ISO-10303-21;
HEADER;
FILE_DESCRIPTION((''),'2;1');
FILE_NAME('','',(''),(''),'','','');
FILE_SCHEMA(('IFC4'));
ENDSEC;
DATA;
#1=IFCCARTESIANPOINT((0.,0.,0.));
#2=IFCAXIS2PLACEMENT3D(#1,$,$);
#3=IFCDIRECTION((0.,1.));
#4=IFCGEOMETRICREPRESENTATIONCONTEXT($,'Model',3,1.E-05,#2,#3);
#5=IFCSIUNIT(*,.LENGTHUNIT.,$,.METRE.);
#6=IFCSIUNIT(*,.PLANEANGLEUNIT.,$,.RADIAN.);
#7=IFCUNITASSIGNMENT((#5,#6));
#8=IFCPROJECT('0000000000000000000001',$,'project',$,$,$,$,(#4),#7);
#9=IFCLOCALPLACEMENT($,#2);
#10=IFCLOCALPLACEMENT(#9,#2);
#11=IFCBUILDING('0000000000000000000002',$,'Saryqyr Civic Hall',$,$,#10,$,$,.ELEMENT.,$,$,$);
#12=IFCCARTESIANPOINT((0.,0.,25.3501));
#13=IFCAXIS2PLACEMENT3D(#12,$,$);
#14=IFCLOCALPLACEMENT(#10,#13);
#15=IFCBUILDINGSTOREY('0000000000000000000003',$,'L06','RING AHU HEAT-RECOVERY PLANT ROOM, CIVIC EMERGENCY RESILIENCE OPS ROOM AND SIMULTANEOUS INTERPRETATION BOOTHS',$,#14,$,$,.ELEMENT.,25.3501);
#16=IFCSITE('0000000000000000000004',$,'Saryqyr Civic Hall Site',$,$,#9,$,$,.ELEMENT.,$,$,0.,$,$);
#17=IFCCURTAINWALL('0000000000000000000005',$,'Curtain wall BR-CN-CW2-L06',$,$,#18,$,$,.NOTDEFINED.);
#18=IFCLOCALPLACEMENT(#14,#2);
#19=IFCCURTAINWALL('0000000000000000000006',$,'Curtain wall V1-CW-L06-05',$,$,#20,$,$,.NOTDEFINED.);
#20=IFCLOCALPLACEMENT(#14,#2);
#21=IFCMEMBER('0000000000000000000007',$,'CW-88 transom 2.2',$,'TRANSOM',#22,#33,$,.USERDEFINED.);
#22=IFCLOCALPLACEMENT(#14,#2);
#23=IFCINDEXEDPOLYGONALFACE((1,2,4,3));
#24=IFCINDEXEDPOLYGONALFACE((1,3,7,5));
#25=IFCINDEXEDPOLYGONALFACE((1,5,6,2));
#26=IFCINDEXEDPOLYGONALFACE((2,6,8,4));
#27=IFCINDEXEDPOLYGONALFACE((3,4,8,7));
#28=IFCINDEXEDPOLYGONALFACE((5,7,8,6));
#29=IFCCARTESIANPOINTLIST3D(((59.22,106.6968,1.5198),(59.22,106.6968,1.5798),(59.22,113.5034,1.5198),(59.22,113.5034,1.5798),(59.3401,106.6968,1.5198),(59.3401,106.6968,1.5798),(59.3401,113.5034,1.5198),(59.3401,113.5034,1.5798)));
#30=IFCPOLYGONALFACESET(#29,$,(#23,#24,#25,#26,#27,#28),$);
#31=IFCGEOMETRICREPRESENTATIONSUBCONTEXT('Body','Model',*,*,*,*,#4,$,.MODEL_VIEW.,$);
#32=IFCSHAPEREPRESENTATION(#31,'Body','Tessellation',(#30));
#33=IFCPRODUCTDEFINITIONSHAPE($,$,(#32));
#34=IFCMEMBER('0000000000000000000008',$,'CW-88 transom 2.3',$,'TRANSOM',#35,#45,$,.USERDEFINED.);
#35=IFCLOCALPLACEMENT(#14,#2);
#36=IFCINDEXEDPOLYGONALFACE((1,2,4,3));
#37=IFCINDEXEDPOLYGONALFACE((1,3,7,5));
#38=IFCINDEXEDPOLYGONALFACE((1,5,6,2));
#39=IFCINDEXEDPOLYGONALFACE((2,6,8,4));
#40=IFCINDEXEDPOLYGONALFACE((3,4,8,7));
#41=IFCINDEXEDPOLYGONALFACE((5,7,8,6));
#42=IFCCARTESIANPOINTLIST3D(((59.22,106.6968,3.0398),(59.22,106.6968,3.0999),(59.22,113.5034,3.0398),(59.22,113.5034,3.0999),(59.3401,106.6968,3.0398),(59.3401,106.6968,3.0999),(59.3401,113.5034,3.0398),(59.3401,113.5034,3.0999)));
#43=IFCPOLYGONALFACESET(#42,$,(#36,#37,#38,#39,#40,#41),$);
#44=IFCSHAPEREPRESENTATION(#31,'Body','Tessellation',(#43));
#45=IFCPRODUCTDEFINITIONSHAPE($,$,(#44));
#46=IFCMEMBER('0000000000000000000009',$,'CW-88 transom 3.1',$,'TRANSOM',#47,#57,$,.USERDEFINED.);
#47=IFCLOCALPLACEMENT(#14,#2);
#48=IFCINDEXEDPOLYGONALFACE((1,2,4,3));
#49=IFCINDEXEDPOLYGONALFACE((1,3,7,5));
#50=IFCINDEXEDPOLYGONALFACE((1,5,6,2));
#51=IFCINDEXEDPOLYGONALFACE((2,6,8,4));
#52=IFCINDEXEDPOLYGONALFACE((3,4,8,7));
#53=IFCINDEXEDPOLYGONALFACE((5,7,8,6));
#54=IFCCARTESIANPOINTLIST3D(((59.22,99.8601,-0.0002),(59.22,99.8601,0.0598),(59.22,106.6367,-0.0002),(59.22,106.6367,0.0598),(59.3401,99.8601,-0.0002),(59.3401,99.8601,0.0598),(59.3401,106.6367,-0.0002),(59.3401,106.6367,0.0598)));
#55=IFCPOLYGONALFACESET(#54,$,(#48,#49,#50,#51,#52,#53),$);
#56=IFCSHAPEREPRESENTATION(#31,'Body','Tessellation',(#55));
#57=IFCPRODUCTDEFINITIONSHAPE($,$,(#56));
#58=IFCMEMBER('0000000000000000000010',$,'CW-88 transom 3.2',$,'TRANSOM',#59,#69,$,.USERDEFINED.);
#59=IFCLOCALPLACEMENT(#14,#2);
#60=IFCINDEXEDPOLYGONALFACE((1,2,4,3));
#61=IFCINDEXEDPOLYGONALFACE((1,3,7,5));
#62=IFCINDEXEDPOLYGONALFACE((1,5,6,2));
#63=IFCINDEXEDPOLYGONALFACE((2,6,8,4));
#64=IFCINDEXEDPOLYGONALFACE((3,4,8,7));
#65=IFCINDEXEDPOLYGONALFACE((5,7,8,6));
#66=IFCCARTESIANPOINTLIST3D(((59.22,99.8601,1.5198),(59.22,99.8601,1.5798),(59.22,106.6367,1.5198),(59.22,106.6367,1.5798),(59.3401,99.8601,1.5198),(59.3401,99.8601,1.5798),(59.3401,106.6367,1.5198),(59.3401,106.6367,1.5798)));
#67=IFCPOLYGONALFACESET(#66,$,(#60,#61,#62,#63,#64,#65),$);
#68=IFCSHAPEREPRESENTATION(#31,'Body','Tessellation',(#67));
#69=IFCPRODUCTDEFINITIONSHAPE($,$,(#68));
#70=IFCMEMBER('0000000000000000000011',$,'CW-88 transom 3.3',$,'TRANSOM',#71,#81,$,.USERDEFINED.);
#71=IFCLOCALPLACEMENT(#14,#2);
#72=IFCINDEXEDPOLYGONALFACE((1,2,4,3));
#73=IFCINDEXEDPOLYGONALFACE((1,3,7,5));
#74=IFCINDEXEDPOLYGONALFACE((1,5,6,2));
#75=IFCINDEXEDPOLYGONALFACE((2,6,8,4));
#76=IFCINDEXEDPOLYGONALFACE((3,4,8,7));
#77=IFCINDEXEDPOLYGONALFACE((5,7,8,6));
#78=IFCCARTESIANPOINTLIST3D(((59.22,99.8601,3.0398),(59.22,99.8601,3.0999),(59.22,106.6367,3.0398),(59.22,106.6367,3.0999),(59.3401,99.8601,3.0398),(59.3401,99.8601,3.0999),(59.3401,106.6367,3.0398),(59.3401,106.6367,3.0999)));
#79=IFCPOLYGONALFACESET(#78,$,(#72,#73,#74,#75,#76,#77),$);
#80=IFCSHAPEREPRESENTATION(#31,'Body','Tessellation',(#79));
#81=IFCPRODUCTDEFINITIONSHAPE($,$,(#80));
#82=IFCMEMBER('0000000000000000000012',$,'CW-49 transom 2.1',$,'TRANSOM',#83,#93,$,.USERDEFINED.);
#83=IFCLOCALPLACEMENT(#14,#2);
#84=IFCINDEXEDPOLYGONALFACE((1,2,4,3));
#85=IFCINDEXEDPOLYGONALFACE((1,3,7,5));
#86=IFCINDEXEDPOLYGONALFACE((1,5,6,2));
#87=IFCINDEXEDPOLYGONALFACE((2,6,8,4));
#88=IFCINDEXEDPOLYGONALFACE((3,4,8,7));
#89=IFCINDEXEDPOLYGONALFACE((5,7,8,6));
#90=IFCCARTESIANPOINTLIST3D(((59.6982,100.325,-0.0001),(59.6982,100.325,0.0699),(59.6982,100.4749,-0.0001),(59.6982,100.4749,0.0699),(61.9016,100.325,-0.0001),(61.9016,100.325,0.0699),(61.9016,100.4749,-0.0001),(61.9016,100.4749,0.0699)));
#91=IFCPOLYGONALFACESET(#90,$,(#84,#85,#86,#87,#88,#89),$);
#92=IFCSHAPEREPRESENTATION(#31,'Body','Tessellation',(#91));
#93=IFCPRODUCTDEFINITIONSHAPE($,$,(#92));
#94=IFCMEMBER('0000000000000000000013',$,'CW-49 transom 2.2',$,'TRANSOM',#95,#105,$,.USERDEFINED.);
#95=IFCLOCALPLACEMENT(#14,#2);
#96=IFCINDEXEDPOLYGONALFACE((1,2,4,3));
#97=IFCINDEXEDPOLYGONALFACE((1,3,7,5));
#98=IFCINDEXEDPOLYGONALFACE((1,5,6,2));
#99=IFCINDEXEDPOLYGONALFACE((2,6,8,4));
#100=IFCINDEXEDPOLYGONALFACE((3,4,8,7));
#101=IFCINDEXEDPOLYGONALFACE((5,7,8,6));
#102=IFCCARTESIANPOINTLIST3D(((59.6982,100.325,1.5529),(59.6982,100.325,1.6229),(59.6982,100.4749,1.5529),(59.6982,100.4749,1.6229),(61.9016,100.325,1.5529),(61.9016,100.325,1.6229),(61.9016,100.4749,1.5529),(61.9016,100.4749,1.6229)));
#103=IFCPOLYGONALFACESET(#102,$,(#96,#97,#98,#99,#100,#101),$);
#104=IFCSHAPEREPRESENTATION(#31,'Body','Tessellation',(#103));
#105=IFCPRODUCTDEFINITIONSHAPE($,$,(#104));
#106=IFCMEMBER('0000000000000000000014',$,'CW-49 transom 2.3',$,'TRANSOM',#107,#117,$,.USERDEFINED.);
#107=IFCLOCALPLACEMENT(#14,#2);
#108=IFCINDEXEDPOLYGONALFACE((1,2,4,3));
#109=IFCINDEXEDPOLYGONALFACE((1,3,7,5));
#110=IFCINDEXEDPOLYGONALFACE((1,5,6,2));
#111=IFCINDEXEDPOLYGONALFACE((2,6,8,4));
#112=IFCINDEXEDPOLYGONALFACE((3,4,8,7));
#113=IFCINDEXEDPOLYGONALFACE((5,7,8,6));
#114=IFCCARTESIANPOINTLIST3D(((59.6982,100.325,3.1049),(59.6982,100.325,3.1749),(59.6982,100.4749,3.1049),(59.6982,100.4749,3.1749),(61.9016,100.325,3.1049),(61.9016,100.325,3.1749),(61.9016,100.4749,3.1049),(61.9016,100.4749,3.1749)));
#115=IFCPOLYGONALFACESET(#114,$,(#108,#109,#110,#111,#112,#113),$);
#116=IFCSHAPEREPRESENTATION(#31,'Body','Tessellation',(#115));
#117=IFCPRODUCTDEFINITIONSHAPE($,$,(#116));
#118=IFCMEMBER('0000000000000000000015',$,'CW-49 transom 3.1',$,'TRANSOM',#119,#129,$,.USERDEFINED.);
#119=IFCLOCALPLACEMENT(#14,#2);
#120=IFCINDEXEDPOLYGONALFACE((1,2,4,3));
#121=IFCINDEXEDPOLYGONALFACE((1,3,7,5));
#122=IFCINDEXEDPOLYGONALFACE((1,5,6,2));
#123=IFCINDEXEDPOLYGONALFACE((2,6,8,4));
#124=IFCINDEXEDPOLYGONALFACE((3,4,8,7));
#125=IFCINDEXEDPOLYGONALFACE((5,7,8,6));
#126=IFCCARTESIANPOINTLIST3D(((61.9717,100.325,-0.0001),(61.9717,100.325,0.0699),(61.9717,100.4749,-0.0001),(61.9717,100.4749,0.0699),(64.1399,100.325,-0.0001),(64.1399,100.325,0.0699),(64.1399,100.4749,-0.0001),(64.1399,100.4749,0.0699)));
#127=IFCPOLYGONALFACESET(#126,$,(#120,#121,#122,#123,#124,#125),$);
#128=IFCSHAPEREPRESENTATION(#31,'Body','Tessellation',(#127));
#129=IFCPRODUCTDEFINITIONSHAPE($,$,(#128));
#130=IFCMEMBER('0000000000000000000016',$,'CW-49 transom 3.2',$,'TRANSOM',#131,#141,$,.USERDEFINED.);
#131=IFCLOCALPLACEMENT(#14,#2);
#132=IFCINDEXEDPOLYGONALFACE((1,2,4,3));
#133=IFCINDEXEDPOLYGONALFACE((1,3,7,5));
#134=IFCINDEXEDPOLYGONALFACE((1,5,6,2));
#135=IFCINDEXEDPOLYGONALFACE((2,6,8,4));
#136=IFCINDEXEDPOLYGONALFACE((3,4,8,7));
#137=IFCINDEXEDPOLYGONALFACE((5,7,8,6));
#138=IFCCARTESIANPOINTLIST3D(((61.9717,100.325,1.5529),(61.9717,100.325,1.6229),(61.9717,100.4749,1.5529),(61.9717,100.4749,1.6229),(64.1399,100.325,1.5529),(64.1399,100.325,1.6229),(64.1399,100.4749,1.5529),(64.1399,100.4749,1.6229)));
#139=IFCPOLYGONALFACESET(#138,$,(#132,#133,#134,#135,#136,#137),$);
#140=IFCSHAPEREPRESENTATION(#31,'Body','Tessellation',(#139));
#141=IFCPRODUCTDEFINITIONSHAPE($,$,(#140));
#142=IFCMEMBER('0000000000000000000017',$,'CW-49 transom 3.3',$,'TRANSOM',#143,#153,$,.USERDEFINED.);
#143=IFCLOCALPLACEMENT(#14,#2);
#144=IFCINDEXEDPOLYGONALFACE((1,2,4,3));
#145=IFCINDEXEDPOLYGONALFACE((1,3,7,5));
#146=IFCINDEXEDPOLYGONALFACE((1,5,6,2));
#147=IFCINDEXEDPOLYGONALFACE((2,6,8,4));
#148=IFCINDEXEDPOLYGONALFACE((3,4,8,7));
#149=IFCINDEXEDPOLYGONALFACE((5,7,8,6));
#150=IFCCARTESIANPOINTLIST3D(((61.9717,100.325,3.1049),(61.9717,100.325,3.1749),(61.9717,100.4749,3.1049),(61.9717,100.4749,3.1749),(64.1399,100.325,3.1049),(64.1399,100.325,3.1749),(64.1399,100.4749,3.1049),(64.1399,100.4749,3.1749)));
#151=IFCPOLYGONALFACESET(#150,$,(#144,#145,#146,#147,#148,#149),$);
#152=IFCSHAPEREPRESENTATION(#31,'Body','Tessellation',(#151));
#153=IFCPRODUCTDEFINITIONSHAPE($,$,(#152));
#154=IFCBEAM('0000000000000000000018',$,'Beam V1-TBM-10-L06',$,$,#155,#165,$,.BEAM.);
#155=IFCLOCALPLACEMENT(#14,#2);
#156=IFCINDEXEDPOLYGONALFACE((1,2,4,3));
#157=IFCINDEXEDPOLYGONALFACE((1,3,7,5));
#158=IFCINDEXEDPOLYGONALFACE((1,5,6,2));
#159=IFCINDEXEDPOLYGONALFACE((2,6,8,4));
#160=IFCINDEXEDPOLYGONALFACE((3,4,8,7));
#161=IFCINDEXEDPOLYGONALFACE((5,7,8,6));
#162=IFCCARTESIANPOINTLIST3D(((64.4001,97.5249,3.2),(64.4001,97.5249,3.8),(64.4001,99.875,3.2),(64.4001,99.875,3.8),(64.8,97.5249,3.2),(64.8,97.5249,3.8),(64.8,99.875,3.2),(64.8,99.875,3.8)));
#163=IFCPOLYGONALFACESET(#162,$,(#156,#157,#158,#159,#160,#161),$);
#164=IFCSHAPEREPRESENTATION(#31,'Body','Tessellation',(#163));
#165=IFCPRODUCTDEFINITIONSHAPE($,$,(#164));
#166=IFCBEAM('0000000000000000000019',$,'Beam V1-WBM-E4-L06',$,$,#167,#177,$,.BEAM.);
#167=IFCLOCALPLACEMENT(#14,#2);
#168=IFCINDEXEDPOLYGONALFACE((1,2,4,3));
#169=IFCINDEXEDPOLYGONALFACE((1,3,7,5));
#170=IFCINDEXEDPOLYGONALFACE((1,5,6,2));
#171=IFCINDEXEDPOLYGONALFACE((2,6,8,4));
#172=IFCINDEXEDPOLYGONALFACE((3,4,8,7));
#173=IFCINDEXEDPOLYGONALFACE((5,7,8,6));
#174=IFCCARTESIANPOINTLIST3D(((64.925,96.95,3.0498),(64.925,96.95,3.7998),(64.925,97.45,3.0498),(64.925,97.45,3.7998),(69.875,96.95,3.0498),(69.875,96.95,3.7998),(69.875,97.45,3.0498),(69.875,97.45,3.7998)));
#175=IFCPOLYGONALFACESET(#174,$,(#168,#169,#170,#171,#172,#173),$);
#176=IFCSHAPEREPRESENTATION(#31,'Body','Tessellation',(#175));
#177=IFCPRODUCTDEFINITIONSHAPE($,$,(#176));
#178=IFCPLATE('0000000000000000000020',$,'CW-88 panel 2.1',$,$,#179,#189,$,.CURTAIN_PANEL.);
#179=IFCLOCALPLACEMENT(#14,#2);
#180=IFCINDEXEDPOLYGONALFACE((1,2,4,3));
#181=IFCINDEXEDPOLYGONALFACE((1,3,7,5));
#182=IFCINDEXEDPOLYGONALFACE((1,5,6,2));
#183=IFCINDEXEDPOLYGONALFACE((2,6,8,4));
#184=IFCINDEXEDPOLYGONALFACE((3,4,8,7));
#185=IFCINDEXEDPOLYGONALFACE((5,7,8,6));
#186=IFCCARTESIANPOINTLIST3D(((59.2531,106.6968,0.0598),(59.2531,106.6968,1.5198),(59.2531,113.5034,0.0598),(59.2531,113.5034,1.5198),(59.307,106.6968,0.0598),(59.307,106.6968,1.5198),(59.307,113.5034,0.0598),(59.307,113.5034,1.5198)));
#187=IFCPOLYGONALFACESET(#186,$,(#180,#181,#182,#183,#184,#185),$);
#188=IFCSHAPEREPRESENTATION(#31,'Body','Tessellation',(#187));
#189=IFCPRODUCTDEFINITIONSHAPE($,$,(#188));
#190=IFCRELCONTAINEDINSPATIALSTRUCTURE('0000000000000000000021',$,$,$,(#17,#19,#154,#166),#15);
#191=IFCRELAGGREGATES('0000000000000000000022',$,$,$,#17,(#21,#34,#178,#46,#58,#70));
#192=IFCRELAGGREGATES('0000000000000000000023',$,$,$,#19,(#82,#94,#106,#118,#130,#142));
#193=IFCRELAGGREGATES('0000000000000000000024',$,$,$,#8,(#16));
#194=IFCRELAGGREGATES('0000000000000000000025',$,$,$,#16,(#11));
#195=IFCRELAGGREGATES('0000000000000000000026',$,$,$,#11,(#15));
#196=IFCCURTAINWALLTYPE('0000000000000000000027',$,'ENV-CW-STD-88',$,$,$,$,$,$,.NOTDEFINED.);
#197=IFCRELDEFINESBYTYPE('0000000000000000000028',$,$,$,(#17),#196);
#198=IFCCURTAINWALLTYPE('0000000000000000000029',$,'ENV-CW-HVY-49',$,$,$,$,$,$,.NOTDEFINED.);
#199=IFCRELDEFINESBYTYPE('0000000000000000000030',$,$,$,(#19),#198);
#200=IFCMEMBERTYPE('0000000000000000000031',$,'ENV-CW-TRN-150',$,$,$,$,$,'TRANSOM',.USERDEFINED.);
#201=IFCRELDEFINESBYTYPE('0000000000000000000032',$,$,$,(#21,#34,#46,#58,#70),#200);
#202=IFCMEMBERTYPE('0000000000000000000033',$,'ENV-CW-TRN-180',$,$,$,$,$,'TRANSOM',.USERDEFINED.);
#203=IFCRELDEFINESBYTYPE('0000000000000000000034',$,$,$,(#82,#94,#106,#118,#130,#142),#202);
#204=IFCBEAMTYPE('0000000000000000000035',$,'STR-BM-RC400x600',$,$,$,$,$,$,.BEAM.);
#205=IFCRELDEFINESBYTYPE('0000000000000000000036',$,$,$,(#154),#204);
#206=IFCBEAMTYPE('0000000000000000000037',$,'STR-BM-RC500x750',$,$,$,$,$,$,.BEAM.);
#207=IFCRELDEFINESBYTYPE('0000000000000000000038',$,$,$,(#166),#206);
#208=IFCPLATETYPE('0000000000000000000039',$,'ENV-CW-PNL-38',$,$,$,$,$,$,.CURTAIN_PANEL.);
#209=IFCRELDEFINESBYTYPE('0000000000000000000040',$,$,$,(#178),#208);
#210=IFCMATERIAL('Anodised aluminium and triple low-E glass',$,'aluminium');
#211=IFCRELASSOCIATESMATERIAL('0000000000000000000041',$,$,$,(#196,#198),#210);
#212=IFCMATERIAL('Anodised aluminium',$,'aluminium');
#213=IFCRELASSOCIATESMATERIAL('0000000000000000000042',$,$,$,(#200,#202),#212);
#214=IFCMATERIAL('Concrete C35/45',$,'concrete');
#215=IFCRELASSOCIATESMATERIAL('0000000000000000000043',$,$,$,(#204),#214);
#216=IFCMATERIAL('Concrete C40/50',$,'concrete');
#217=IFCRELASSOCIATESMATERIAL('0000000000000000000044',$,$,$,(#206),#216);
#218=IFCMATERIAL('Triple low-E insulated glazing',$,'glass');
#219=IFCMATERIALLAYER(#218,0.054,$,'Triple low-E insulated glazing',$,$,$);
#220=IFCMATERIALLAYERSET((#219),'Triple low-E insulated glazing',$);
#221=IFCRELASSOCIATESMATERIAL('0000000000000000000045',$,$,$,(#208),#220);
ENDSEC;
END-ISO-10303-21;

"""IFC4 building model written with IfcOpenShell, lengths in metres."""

from ifc_helpers import new_model, si_unit, direction, frame, origin, origin_2d, place, context, subcontext, project, spatial, rectangle, extrude, material, layer, layer_set, material_profile, profile_set, type_object, element, aggregate, save


model = new_model("IFC4")

# Units and contexts
model_context = context("Model", 3, precision=1e-05, world=origin(), true_north=direction((0.0, 1.0)))
body_context = subcontext(model_context, "Body", "Model", "MODEL_VIEW")
ifc_project = project(units=[si_unit("LENGTHUNIT", "METRE"), si_unit("PLANEANGLEUNIT", "RADIAN")], contexts=[model_context])

# Site, building, storey
site_placement = place(None, origin())
site = spatial("IfcSite", under=ifc_project, at=site_placement, Name="Saryqyr Civic Hall Site", CompositionType="ELEMENT", RefElevation=0.0)
building_placement = place(site_placement, origin())
building = spatial("IfcBuilding", under=site, at=building_placement, Name="Saryqyr Civic Hall", CompositionType="ELEMENT")
storey_placement = place(building_placement, frame((0.0, 0.0, 25.3501)))
storey = spatial("IfcBuildingStorey", under=building, at=storey_placement, Name="L06", Description="RING AHU HEAT-RECOVERY PLANT ROOM, CIVIC EMERGENCY RESILIENCE OPS ROOM AND SIMULTANEOUS INTERPRETATION BOOTHS", CompositionType="ELEMENT", Elevation=25.3501)

# Shared definitions
ifc_material_1 = material(Name="Concrete C40/50", Category="concrete")

# Curtain walls
ifc_material_2 = material(Name="Anodised aluminium and triple low-E glass", Category="aluminium")
curtain_wall_type_1 = type_object("IfcCurtainWallType", Name="ENV-CW-STD-88", PredefinedType="NOTDEFINED", material=ifc_material_2)
curtain_wall_1_placement = place(storey_placement, origin())
curtain_wall_1 = element("IfcCurtainWall", 1, at=curtain_wall_1_placement, inside=storey, type_object=curtain_wall_type_1, Name="Curtain wall BR-CN-CW2-L06", PredefinedType="NOTDEFINED")
ifc_material_3 = material(Name="Anodised aluminium", Category="aluminium")
curtain_wall_type_2 = type_object("IfcCurtainWallType", Name="ENV-CW-HVY-49", PredefinedType="NOTDEFINED", material=ifc_material_2)
curtain_wall_2_placement = place(storey_placement, origin())
curtain_wall_2 = element("IfcCurtainWall", 2, at=curtain_wall_2_placement, inside=storey, type_object=curtain_wall_type_2, Name="Curtain wall V1-CW-L06-05", PredefinedType="NOTDEFINED")

# Members
ifc_material_profile_1 = material_profile(ifc_material_3, rectangle(XDim=0.1201, YDim=0.0601, at=origin_2d()), Name="ALU TRANSOM 120x60")
ifc_profile_set_1 = profile_set([ifc_material_profile_1], Name="Anodised aluminium")
member_type_1 = type_object("IfcMemberType", Name="ENV-CW-TRN-150", ElementType="TRANSOM", PredefinedType="USERDEFINED", material=ifc_profile_set_1)
member_1_placement = place(storey_placement, frame((59.28, 113.5034, 1.5498), z_axis=(0.0, -1.0, 0.0), x_axis=(1.0, 0.0, 0.0)))
member_1 = element("IfcMember", 3, at=member_1_placement, type_object=member_type_1, Name="CW-88 transom 2.2", ObjectType="TRANSOM", PredefinedType="USERDEFINED", context=body_context, shape_type="SweptSolid", body=[
    extrude(rectangle(XDim=0.1201, YDim=0.0601, at=origin_2d()), origin(), (0.0, 0.0, 1.0), 6.8066),
])
member_2_placement = place(storey_placement, frame((59.28, 113.5034, 3.0698), z_axis=(0.0, -1.0, 0.0), x_axis=(1.0, 0.0, 0.0)))
member_2 = element("IfcMember", 4, at=member_2_placement, type_object=member_type_1, Name="CW-88 transom 2.3", ObjectType="TRANSOM", PredefinedType="USERDEFINED", context=body_context, shape_type="SweptSolid", body=[
    extrude(rectangle(XDim=0.1201, YDim=0.0601, at=origin_2d()), origin(), (0.0, 0.0, 1.0), 6.8066),
])
member_3_placement = place(storey_placement, frame((59.28, 106.6367, 0.0298), z_axis=(0.0, -1.0, 0.0), x_axis=(1.0, 0.0, 0.0)))
member_3 = element("IfcMember", 5, at=member_3_placement, type_object=member_type_1, Name="CW-88 transom 3.1", ObjectType="TRANSOM", PredefinedType="USERDEFINED", context=body_context, shape_type="SweptSolid", body=[
    extrude(rectangle(XDim=0.1201, YDim=0.0601, at=origin_2d()), origin(), (0.0, 0.0, 1.0), 6.7766),
])
member_4_placement = place(storey_placement, frame((59.28, 106.6367, 1.5498), z_axis=(0.0, -1.0, 0.0), x_axis=(1.0, 0.0, 0.0)))
member_4 = element("IfcMember", 6, at=member_4_placement, type_object=member_type_1, Name="CW-88 transom 3.2", ObjectType="TRANSOM", PredefinedType="USERDEFINED", context=body_context, shape_type="SweptSolid", body=[
    extrude(rectangle(XDim=0.1201, YDim=0.0601, at=origin_2d()), origin(), (0.0, 0.0, 1.0), 6.7766),
])
member_5_placement = place(storey_placement, frame((59.28, 106.6367, 3.0698), z_axis=(0.0, -1.0, 0.0), x_axis=(1.0, 0.0, 0.0)))
member_5 = element("IfcMember", 7, at=member_5_placement, type_object=member_type_1, Name="CW-88 transom 3.3", ObjectType="TRANSOM", PredefinedType="USERDEFINED", context=body_context, shape_type="SweptSolid", body=[
    extrude(rectangle(XDim=0.1201, YDim=0.0601, at=origin_2d()), origin(), (0.0, 0.0, 1.0), 6.7766),
])
ifc_material_profile_2 = material_profile(ifc_material_3, rectangle(XDim=0.1499, YDim=0.0701, at=origin_2d()), Name="ALU TRANSOM 150x70")
ifc_profile_set_2 = profile_set([ifc_material_profile_2], Name="Anodised aluminium")
member_type_2 = type_object("IfcMemberType", Name="ENV-CW-TRN-180", ElementType="TRANSOM", PredefinedType="USERDEFINED", material=ifc_profile_set_2)
member_6_placement = place(storey_placement, frame((59.6982, 100.3999, 0.0349), z_axis=(1.0, 0.0, 0.0), x_axis=(0.0, 1.0, 0.0)))
member_6 = element("IfcMember", 8, at=member_6_placement, type_object=member_type_2, Name="CW-49 transom 2.1", ObjectType="TRANSOM", PredefinedType="USERDEFINED", context=body_context, shape_type="SweptSolid", body=[
    extrude(rectangle(XDim=0.1499, YDim=0.0701, at=origin_2d()), origin(), (0.0, 0.0, 1.0), 2.2034),
])
member_7_placement = place(storey_placement, frame((59.6982, 100.3999, 1.5879), z_axis=(1.0, 0.0, 0.0), x_axis=(0.0, 1.0, 0.0)))
member_7 = element("IfcMember", 9, at=member_7_placement, type_object=member_type_2, Name="CW-49 transom 2.2", ObjectType="TRANSOM", PredefinedType="USERDEFINED", context=body_context, shape_type="SweptSolid", body=[
    extrude(rectangle(XDim=0.1499, YDim=0.0701, at=origin_2d()), origin(), (0.0, 0.0, 1.0), 2.2034),
])
member_8_placement = place(storey_placement, frame((59.6982, 100.3999, 3.1399), z_axis=(1.0, 0.0, 0.0), x_axis=(0.0, 1.0, 0.0)))
member_8 = element("IfcMember", 10, at=member_8_placement, type_object=member_type_2, Name="CW-49 transom 2.3", ObjectType="TRANSOM", PredefinedType="USERDEFINED", context=body_context, shape_type="SweptSolid", body=[
    extrude(rectangle(XDim=0.1499, YDim=0.0701, at=origin_2d()), origin(), (0.0, 0.0, 1.0), 2.2034),
])
member_9_placement = place(storey_placement, frame((61.9717, 100.3999, 0.0349), z_axis=(1.0, 0.0, 0.0), x_axis=(0.0, 1.0, 0.0)))
member_9 = element("IfcMember", 11, at=member_9_placement, type_object=member_type_2, Name="CW-49 transom 3.1", ObjectType="TRANSOM", PredefinedType="USERDEFINED", context=body_context, shape_type="SweptSolid", body=[
    extrude(rectangle(XDim=0.1499, YDim=0.0701, at=origin_2d()), origin(), (0.0, 0.0, 1.0), 2.1682),
])
member_10_placement = place(storey_placement, frame((61.9717, 100.3999, 1.5879), z_axis=(1.0, 0.0, 0.0), x_axis=(0.0, 1.0, 0.0)))
member_10 = element("IfcMember", 12, at=member_10_placement, type_object=member_type_2, Name="CW-49 transom 3.2", ObjectType="TRANSOM", PredefinedType="USERDEFINED", context=body_context, shape_type="SweptSolid", body=[
    extrude(rectangle(XDim=0.1499, YDim=0.0701, at=origin_2d()), origin(), (0.0, 0.0, 1.0), 2.1682),
])
member_11_placement = place(storey_placement, frame((61.9717, 100.3999, 3.1399), z_axis=(1.0, 0.0, 0.0), x_axis=(0.0, 1.0, 0.0)))
member_11 = element("IfcMember", 13, at=member_11_placement, type_object=member_type_2, Name="CW-49 transom 3.3", ObjectType="TRANSOM", PredefinedType="USERDEFINED", context=body_context, shape_type="SweptSolid", body=[
    extrude(rectangle(XDim=0.1499, YDim=0.0701, at=origin_2d()), origin(), (0.0, 0.0, 1.0), 2.1682),
])

# Beams
ifc_material_4 = material(Name="Concrete C35/45", Category="concrete")
ifc_material_profile_3 = material_profile(ifc_material_4, rectangle(XDim=0.3999, YDim=0.6001, at=origin_2d()), Name="RC 400x600")
ifc_profile_set_3 = profile_set([ifc_material_profile_3], Name="Concrete C35/45")
beam_type_1 = type_object("IfcBeamType", Name="STR-BM-RC400x600", PredefinedType="BEAM", material=ifc_profile_set_3)
beam_1_placement = place(storey_placement, frame((64.6001, 97.5249, 3.5), z_axis=(0.0, 1.0, 0.0), x_axis=(-1.0, 0.0, 0.0)))
element("IfcBeam", 14, at=beam_1_placement, inside=storey, type_object=beam_type_1, Name="Beam V1-TBM-10-L06", PredefinedType="BEAM", context=body_context, shape_type="SweptSolid", body=[
    extrude(rectangle(XDim=0.3999, YDim=0.6001, at=origin_2d()), origin(), (0.0, 0.0, 1.0), 2.3501),
])
ifc_material_profile_4 = material_profile(ifc_material_1, rectangle(XDim=0.5, YDim=0.75, at=origin_2d()), Name="RC 500x750")
ifc_profile_set_4 = profile_set([ifc_material_profile_4], Name="Concrete C40/50")
beam_type_2 = type_object("IfcBeamType", Name="STR-BM-RC500x750", PredefinedType="BEAM", material=ifc_profile_set_4)
beam_2_placement = place(storey_placement, frame((64.925, 97.2, 3.4248), z_axis=(1.0, 0.0, 0.0), x_axis=(0.0, 1.0, 0.0)))
element("IfcBeam", 15, at=beam_2_placement, inside=storey, type_object=beam_type_2, Name="Beam V1-WBM-E4-L06", PredefinedType="BEAM", context=body_context, shape_type="SweptSolid", body=[
    extrude(rectangle(XDim=0.5, YDim=0.75, at=origin_2d()), origin(), (0.0, 0.0, 1.0), 4.95),
])

# Plate
ifc_material_5 = material(Name="Triple low-E insulated glazing", Category="glass")
ifc_layer_1 = layer(ifc_material_5, 0.054, Name="Triple low-E insulated glazing")
ifc_layer_set_1 = layer_set([ifc_layer_1], Name="Triple low-E insulated glazing")
plate_type_1 = type_object("IfcPlateType", Name="ENV-CW-PNL-38", PredefinedType="CURTAIN_PANEL", material=ifc_layer_set_1)
plate_1_placement = place(storey_placement, frame((59.28, 110.1001, 0.0598), z_axis=(0.0, 0.0, 1.0), x_axis=(0.0, -1.0, 0.0)))
plate_1 = element("IfcPlate", 16, at=plate_1_placement, type_object=plate_type_1, Name="CW-88 panel 2.1", PredefinedType="CURTAIN_PANEL", context=body_context, shape_type="SweptSolid", body=[
    extrude(rectangle(XDim=6.8066, YDim=0.054, at=origin_2d()), origin(), (0.0, 0.0, 1.0), 1.46),
])
aggregate(curtain_wall_1, [member_1, member_2, plate_1, member_3, member_4, member_5])
aggregate(curtain_wall_2, [member_6, member_7, member_8, member_9, member_10, member_11])

save(model, "model.ifc")
